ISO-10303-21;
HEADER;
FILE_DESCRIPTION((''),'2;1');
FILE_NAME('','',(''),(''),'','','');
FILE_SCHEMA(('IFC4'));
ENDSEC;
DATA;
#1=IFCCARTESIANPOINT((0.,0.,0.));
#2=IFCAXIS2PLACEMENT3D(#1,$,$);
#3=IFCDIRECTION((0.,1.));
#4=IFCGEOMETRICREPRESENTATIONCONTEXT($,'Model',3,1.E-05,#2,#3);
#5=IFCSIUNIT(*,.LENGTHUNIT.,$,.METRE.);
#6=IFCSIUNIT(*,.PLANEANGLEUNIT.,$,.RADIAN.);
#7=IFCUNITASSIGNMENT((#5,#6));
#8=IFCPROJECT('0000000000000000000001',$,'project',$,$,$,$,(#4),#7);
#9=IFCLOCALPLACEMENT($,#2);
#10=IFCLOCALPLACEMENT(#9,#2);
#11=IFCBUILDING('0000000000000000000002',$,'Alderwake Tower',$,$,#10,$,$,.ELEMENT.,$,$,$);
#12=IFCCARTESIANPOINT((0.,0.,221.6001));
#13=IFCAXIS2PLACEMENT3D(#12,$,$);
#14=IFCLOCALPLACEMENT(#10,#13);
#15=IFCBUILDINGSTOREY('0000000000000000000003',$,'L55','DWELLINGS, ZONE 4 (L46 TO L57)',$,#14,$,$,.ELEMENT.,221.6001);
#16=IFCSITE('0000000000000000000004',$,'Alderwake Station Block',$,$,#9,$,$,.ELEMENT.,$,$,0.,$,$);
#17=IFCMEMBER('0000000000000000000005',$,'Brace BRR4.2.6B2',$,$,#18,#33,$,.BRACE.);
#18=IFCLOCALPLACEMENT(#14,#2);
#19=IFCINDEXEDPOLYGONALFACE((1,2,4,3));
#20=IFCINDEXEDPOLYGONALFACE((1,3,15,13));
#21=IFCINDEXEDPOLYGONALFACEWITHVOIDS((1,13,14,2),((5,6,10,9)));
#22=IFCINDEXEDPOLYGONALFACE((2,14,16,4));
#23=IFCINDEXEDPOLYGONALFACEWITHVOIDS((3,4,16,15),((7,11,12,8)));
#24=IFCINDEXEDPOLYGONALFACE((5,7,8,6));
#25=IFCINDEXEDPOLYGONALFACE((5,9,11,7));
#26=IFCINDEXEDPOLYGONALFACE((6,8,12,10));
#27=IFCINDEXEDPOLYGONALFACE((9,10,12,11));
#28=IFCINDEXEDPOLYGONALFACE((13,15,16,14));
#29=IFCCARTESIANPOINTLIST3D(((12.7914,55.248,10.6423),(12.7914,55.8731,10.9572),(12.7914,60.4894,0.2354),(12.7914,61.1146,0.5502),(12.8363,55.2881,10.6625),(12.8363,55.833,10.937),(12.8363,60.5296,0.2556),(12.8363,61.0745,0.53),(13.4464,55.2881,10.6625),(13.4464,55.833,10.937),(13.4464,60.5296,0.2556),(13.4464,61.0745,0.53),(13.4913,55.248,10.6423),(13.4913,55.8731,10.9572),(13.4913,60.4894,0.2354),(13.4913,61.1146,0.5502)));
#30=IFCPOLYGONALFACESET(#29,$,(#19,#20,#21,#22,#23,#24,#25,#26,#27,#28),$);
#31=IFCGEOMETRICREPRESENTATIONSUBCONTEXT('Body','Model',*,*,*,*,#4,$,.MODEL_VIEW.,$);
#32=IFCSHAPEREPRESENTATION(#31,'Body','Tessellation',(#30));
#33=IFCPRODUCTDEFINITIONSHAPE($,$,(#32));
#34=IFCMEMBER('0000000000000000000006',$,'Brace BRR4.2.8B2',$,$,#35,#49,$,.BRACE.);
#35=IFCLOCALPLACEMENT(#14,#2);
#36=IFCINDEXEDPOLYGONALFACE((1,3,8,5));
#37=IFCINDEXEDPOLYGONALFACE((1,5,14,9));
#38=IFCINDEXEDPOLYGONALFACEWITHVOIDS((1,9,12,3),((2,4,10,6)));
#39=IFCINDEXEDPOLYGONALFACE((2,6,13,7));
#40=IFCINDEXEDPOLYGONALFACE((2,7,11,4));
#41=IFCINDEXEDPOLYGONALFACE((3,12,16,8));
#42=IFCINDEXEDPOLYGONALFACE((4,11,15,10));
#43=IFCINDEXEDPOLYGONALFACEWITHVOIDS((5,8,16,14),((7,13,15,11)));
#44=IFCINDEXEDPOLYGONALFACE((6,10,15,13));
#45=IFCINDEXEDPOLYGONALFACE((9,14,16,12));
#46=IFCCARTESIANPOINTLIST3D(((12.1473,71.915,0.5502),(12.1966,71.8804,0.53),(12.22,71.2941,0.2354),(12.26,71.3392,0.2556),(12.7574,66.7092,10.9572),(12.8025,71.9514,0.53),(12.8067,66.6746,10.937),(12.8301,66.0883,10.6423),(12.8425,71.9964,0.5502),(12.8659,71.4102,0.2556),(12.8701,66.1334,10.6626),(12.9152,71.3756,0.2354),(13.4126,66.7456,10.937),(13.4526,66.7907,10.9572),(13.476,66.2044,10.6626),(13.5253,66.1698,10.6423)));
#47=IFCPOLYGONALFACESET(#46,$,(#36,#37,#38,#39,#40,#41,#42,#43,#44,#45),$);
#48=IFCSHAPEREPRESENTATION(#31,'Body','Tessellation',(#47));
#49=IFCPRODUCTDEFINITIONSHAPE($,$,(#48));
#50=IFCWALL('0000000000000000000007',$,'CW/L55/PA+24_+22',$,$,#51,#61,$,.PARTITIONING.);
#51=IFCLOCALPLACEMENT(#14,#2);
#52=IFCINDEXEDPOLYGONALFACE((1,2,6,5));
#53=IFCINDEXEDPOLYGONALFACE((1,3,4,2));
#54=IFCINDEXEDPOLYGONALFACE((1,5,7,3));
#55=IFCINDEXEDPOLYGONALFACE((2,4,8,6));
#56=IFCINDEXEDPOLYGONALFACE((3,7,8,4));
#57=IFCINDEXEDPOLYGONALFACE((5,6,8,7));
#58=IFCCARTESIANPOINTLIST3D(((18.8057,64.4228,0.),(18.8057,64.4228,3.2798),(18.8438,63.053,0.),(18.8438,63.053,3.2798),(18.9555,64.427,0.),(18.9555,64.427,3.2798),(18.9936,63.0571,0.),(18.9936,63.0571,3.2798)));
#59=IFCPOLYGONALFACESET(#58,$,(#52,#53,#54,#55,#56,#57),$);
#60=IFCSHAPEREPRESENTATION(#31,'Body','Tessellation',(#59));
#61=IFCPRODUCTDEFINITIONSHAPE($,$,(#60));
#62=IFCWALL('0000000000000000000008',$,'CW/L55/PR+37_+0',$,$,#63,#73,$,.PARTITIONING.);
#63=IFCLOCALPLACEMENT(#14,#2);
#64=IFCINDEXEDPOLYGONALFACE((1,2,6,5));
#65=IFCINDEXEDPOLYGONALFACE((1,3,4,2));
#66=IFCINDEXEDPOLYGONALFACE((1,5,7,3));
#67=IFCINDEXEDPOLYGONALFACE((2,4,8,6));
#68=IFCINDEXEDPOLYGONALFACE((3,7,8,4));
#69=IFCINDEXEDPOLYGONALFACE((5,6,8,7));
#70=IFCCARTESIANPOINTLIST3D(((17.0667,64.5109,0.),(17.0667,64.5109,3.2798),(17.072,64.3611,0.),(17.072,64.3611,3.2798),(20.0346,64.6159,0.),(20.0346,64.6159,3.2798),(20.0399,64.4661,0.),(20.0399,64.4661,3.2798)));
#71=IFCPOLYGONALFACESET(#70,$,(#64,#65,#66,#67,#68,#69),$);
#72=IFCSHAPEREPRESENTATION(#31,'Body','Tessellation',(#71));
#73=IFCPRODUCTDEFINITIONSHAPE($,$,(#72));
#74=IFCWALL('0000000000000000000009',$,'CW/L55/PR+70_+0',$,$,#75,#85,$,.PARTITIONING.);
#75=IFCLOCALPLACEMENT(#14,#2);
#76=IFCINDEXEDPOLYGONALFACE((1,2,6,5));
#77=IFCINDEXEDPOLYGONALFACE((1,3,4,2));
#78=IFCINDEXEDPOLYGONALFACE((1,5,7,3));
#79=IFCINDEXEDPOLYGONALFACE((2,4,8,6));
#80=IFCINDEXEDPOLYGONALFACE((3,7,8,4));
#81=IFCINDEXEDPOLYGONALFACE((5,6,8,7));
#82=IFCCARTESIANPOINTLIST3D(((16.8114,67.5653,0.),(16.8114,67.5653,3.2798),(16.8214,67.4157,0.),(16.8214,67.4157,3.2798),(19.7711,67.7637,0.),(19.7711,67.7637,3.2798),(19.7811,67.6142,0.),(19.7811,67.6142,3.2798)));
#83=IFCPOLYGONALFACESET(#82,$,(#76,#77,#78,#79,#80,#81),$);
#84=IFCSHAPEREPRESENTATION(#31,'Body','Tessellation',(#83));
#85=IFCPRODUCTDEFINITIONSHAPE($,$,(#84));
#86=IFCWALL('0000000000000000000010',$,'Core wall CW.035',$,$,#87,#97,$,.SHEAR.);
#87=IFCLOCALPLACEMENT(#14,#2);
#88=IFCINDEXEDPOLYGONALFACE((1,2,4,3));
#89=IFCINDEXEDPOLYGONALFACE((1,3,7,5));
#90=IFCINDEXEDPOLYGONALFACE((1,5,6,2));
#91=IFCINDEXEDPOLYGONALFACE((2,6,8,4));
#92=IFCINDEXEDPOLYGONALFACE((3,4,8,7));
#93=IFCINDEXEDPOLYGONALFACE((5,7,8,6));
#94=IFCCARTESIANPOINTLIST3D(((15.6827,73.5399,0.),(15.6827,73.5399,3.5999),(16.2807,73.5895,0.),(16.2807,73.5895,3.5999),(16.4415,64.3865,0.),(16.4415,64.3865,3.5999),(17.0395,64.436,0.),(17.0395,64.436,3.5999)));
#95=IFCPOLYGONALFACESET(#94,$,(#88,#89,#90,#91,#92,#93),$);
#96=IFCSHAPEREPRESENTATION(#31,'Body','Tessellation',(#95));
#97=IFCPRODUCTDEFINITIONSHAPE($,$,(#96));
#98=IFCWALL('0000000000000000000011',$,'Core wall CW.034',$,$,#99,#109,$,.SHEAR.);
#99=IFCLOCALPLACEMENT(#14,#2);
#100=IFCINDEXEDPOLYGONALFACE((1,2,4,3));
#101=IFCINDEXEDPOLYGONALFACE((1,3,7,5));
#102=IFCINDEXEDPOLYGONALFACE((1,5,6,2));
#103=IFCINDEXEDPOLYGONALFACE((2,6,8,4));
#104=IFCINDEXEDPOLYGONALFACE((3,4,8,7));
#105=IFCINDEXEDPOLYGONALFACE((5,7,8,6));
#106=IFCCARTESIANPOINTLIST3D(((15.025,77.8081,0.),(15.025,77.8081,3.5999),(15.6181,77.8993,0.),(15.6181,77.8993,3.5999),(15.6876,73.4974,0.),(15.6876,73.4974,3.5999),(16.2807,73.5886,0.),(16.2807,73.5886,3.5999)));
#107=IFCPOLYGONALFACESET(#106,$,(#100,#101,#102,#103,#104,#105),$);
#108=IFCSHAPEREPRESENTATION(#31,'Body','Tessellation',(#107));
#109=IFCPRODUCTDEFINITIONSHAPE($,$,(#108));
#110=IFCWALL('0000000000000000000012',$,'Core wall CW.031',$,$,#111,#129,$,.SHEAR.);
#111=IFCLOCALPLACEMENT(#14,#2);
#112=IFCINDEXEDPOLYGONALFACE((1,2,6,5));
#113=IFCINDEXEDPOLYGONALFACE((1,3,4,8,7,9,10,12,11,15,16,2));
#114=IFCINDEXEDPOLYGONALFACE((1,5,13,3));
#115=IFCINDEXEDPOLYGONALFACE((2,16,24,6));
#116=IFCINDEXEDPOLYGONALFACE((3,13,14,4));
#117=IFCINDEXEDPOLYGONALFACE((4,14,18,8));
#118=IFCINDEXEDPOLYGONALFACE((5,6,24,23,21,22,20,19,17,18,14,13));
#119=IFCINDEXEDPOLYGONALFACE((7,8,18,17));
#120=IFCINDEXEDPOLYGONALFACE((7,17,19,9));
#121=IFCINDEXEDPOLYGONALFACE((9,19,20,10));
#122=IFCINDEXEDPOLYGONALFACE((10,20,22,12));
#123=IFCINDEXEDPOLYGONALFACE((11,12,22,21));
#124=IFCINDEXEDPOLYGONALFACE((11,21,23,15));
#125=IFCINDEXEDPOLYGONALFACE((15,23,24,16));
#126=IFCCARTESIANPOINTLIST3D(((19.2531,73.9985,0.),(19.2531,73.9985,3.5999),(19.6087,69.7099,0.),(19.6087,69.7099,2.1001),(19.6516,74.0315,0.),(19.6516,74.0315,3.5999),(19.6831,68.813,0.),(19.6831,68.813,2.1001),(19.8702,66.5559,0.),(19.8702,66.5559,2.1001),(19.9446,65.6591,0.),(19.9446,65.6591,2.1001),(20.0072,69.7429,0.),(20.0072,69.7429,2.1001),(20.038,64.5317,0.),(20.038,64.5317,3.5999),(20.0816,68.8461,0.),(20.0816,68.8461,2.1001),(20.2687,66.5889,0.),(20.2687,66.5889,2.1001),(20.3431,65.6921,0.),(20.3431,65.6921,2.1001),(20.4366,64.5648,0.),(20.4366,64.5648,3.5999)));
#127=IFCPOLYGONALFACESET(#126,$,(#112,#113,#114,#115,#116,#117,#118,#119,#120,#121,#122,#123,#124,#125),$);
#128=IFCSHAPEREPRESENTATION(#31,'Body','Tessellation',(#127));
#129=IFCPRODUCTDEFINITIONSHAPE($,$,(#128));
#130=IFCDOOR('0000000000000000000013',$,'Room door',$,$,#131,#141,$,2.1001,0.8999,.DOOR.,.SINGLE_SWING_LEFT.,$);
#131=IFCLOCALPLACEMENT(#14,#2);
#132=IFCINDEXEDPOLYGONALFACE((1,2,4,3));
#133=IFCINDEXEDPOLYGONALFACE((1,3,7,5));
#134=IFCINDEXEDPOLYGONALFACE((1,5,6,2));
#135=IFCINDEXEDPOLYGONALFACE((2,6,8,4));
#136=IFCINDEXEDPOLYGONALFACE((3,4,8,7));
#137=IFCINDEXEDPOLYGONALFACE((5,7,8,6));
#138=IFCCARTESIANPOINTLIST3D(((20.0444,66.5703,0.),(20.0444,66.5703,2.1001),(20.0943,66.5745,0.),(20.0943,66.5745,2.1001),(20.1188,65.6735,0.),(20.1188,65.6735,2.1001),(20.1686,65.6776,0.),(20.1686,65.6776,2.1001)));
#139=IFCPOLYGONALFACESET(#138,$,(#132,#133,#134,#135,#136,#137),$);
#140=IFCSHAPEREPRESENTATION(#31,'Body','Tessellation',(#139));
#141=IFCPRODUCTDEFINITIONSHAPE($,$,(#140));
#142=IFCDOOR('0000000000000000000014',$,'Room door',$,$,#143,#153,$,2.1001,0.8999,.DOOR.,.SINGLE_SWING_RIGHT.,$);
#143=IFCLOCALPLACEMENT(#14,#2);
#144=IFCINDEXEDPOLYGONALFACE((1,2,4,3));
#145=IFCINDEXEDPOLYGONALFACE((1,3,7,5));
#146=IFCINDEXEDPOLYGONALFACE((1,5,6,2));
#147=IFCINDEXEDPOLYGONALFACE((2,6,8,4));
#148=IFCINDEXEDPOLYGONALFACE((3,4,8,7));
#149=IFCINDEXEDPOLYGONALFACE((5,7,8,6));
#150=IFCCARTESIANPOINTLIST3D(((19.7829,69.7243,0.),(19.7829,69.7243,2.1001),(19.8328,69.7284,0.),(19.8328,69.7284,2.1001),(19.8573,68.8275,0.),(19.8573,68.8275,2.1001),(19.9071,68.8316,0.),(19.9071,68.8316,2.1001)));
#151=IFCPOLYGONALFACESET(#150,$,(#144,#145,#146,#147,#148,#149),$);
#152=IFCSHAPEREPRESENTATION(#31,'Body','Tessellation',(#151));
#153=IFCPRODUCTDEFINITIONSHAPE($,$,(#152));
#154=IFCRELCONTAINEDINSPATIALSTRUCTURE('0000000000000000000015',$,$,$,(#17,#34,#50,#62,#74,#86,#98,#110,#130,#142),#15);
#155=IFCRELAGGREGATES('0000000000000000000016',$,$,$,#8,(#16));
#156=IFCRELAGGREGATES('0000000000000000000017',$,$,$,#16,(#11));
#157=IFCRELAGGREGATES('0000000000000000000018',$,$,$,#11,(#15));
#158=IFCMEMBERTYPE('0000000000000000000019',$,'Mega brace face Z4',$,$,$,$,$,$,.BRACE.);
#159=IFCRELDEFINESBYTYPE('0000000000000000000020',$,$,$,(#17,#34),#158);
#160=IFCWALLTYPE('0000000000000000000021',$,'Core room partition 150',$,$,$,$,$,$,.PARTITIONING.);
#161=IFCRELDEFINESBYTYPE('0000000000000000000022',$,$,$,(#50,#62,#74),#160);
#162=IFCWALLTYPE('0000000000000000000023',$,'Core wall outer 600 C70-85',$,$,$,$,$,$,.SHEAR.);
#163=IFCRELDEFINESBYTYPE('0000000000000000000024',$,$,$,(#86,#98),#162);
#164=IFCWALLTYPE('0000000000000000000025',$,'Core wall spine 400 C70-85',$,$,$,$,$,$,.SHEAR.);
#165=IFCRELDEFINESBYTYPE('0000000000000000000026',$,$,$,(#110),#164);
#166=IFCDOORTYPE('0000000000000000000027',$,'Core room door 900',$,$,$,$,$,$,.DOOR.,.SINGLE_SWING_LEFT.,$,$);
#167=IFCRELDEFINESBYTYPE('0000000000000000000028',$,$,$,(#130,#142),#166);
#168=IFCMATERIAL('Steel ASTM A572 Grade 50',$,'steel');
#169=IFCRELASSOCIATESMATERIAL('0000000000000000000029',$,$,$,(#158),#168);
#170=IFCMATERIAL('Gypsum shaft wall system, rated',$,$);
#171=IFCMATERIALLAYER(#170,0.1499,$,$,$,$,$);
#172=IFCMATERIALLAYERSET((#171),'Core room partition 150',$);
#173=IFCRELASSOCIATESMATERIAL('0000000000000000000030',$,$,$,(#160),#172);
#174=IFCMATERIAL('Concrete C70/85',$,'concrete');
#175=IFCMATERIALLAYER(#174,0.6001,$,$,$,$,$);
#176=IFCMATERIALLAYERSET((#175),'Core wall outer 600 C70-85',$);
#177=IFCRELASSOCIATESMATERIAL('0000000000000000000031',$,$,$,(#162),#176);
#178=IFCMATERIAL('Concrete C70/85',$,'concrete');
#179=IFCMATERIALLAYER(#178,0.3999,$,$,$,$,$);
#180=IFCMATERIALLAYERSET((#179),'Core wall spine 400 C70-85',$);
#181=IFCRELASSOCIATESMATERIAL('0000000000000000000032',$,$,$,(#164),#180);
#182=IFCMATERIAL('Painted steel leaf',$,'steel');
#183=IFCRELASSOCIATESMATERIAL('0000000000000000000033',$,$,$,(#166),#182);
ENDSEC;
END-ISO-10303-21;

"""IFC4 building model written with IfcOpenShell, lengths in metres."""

from ifc_helpers import new_model, si_unit, direction, frame, frame_2d, origin, origin_2d, place, context, subcontext, project, spatial, rectangle, hollow_rectangle, extrude, material, layer, layer_set, material_profile, profile_set, type_object, element, fill, save


model = new_model("IFC4")

# Units and contexts
model_context = context("Model", 3, precision=1e-05, world=origin(), true_north=direction((0.0, 1.0)))
body_context = subcontext(model_context, "Body", "Model", "MODEL_VIEW")
ifc_project = project(units=[si_unit("LENGTHUNIT", "METRE"), si_unit("PLANEANGLEUNIT", "RADIAN")], contexts=[model_context])

# Site, building, storey
site_placement = place(None, origin())
site = spatial("IfcSite", under=ifc_project, at=site_placement, Name="Alderwake Station Block", CompositionType="ELEMENT", RefElevation=0.0)
building_placement = place(site_placement, origin())
building = spatial("IfcBuilding", under=site, at=building_placement, Name="Alderwake Tower", CompositionType="ELEMENT")
storey_placement = place(building_placement, frame((0.0, 0.0, 221.6001)))
storey = spatial("IfcBuildingStorey", under=building, at=storey_placement, Name="L55", Description="DWELLINGS, ZONE 4 (L46 TO L57)", CompositionType="ELEMENT", Elevation=221.6001)

# Members
ifc_material_1 = material(Name="Steel ASTM A572 Grade 50", Category="steel")
ifc_material_profile_1 = material_profile(ifc_material_1, hollow_rectangle(XDim=0.7, YDim=0.7, WallThickness=0.0449, at=origin_2d()), Name="BOX 700X700X45")
ifc_profile_set_1 = profile_set([ifc_material_profile_1], Name="Steel ASTM A572 Grade 50")
member_type = type_object("IfcMemberType", Name="Mega brace face Z4", PredefinedType="BRACE", material=ifc_profile_set_1)
for number, where, z_axis, x_axis, name in (
    (1, (13.1414, 60.802, 0.3928), (0.0, -0.449818, 0.89312), (1.0, 0.0, 0.0), "Brace BRR4.2.6B2"),
    (2, (12.5312, 71.6453, 0.3928), (0.052359, -0.446759, 0.893121), (0.993202, 0.116401, 0.0), "Brace BRR4.2.8B2"),
):
    element("IfcMember", number, at=place(storey_placement, frame(where, z_axis=z_axis, x_axis=x_axis)), inside=storey, type_object=member_type, Name=name, PredefinedType="BRACE", context=body_context, shape_type="SweptSolid", body=[
        extrude(hollow_rectangle(XDim=0.7, YDim=0.7, WallThickness=0.0449, at=origin_2d()), origin(), (0.0, 0.0, 1.0), 11.6523),
    ])

# Walls
ifc_material_2 = material(Name="Gypsum shaft wall system, rated")
ifc_layer_1 = layer(ifc_material_2, 0.1499)
ifc_layer_set_1 = layer_set([ifc_layer_1], Name="Core room partition 150")
wall_type_1 = type_object("IfcWallType", Name="Core room partition 150", PredefinedType="PARTITIONING", material=ifc_layer_set_1)
wall_1_placement = place(storey_placement, frame((18.9187, 63.0552, 0.0), z_axis=(0.0, 0.0, 1.0), x_axis=(-0.027792, 0.999614, 0.0)))
element("IfcWall", 3, at=wall_1_placement, inside=storey, type_object=wall_type_1, Name="CW/L55/PA+24_+22", PredefinedType="PARTITIONING", context=body_context, shape_type="SweptSolid", body=[
    extrude(rectangle(XDim=1.3704, YDim=0.1499, at=frame_2d((0.6851, 0.0))), origin(), (0.0, 0.0, 1.0), 3.2798),
])
wall_2_placement = place(storey_placement, frame((17.0693, 64.436, 0.0), z_axis=(0.0, 0.0, 1.0), x_axis=(0.999375, 0.035351, 0.0)))
element("IfcWall", 4, at=wall_2_placement, inside=storey, type_object=wall_type_1, Name="CW/L55/PR+37_+0", PredefinedType="PARTITIONING", context=body_context, shape_type="SweptSolid", body=[
    extrude(rectangle(XDim=2.9697, YDim=0.1499, at=frame_2d((1.4849, 0.0))), origin(), (0.0, 0.0, 1.0), 3.2798),
])
wall_3_placement = place(storey_placement, frame((16.8164, 67.4905, 0.0), z_axis=(0.0, 0.0, 1.0), x_axis=(0.997759, 0.066912, 0.0)))
element("IfcWall", 5, at=wall_3_placement, inside=storey, type_object=wall_type_1, Name="CW/L55/PR+70_+0", PredefinedType="PARTITIONING", context=body_context, shape_type="SweptSolid", body=[
    extrude(rectangle(XDim=2.9663, YDim=0.1499, at=frame_2d((1.4832, 0.0))), origin(), (0.0, 0.0, 1.0), 3.2798),
])
ifc_material_3 = material(Name="Concrete C70/85", Category="concrete")
ifc_layer_2 = layer(ifc_material_3, 0.6001)
ifc_layer_set_2 = layer_set([ifc_layer_2], Name="Core wall outer 600 C70-85")
wall_type_2 = type_object("IfcWallType", Name="Core wall outer 600 C70-85", PredefinedType="SHEAR", material=ifc_layer_set_2)
wall_4_placement = place(storey_placement, frame((16.7405, 64.4114, 0.0), z_axis=(0.0, 0.0, 1.0), x_axis=(-0.082614, 0.996582, 0.0)))
element("IfcWall", 6, at=wall_4_placement, inside=storey, type_object=wall_type_2, Name="Core wall CW.035", PredefinedType="SHEAR", context=body_context, shape_type="SweptSolid", body=[
    extrude(rectangle(XDim=9.1848, YDim=0.6001, at=frame_2d((4.5923, 0.0))), origin(), (0.0, 0.0, 1.0), 3.5999),
])
wall_5_placement = place(storey_placement, frame((15.9841, 73.543, 0.0), z_axis=(0.0, 0.0, 1.0), x_axis=(-0.151923, 0.988392, 0.0)))
element("IfcWall", 7, at=wall_5_placement, inside=storey, type_object=wall_type_2, Name="Core wall CW.034", PredefinedType="SHEAR", context=body_context, shape_type="SweptSolid", body=[
    extrude(rectangle(XDim=4.3613, YDim=0.6001, at=frame_2d((2.1807, 0.0))), origin(), (0.0, 0.0, 1.0), 3.5999),
])

# Wall, openings, doors
ifc_material_4 = material(Name="Concrete C70/85", Category="concrete")
ifc_layer_3 = layer(ifc_material_4, 0.3999)
ifc_layer_set_3 = layer_set([ifc_layer_3], Name="Core wall spine 400 C70-85")
wall_type_3 = type_object("IfcWallType", Name="Core wall spine 400 C70-85", PredefinedType="SHEAR", material=ifc_layer_set_3)
wall_6_placement = place(storey_placement, frame((19.4524, 74.0149, 0.0), z_axis=(0.0, 0.0, 1.0), x_axis=(0.082629, -0.99658, 0.0)))
wall_6 = element("IfcWall", 8, at=wall_6_placement, inside=storey, type_object=wall_type_3, Name="Core wall CW.031", PredefinedType="SHEAR", context=body_context, shape_type="SweptSolid", body=[
    extrude(rectangle(XDim=9.4993, YDim=0.3999, at=frame_2d((4.7495, 0.0))), origin(), (0.0, 0.0, 1.0), 3.5999),
])
opening_1_placement = place(wall_6_placement, frame((7.468, 0.0, 0.0)))
opening_1 = element("IfcOpeningElement", 9, at=opening_1_placement, cuts=wall_6, PredefinedType="OPENING", context=body_context, shape_type="SweptSolid", body=[
    extrude(rectangle(XDim=0.8999, YDim=2.1001, at=frame_2d((0.45, 1.05))), frame((0.0, 0.21, 0.0), z_axis=(0.0, -1.0, 0.0), x_axis=(1.0, 0.0, 0.0)), (0.0, 0.0, 1.0), 0.4199),
])
opening_2_placement = place(wall_6_placement, frame((4.3032, 0.0, 0.0)))
opening_2 = element("IfcOpeningElement", 10, at=opening_2_placement, cuts=wall_6, PredefinedType="OPENING", context=body_context, shape_type="SweptSolid", body=[
    extrude(rectangle(XDim=0.8999, YDim=2.1001, at=frame_2d((0.45, 1.05))), frame((0.0, 0.21, 0.0), z_axis=(0.0, -1.0, 0.0), x_axis=(1.0, 0.0, 0.0)), (0.0, 0.0, 1.0), 0.4199),
])
ifc_material_5 = material(Name="Painted steel leaf", Category="steel")
door_type_1 = type_object("IfcDoorType", Name="Core room door 900", OperationType="SINGLE_SWING_LEFT", PredefinedType="DOOR", material=ifc_material_5)
door_1_placement = place(opening_1_placement, origin())
door_1 = element("IfcDoor", 11, at=door_1_placement, inside=storey, type_object=door_type_1, Name="Room door", OperationType="SINGLE_SWING_LEFT", OverallHeight=2.1001, OverallWidth=0.8999, PredefinedType="DOOR", context=body_context, shape_type="SweptSolid", body=[
    extrude(rectangle(XDim=0.8999, YDim=2.1001, at=frame_2d((0.45, 1.05))), frame((0.0, 0.0249, 0.0), z_axis=(0.0, -1.0, 0.0), x_axis=(1.0, 0.0, 0.0)), (0.0, 0.0, 1.0), 0.05),
])
fill(opening_1, door_1)
door_2_placement = place(opening_2_placement, origin())
door_2 = element("IfcDoor", 12, at=door_2_placement, inside=storey, type_object=door_type_1, Name="Room door", OperationType="SINGLE_SWING_RIGHT", OverallHeight=2.1001, OverallWidth=0.8999, PredefinedType="DOOR", context=body_context, shape_type="SweptSolid", body=[
    extrude(rectangle(XDim=0.8999, YDim=2.1001, at=frame_2d((0.45, 1.05))), frame((0.0, 0.0249, 0.0), z_axis=(0.0, -1.0, 0.0), x_axis=(1.0, 0.0, 0.0)), (0.0, 0.0, 1.0), 0.05),
])
fill(opening_2, door_2)

save(model, "model.ifc")
